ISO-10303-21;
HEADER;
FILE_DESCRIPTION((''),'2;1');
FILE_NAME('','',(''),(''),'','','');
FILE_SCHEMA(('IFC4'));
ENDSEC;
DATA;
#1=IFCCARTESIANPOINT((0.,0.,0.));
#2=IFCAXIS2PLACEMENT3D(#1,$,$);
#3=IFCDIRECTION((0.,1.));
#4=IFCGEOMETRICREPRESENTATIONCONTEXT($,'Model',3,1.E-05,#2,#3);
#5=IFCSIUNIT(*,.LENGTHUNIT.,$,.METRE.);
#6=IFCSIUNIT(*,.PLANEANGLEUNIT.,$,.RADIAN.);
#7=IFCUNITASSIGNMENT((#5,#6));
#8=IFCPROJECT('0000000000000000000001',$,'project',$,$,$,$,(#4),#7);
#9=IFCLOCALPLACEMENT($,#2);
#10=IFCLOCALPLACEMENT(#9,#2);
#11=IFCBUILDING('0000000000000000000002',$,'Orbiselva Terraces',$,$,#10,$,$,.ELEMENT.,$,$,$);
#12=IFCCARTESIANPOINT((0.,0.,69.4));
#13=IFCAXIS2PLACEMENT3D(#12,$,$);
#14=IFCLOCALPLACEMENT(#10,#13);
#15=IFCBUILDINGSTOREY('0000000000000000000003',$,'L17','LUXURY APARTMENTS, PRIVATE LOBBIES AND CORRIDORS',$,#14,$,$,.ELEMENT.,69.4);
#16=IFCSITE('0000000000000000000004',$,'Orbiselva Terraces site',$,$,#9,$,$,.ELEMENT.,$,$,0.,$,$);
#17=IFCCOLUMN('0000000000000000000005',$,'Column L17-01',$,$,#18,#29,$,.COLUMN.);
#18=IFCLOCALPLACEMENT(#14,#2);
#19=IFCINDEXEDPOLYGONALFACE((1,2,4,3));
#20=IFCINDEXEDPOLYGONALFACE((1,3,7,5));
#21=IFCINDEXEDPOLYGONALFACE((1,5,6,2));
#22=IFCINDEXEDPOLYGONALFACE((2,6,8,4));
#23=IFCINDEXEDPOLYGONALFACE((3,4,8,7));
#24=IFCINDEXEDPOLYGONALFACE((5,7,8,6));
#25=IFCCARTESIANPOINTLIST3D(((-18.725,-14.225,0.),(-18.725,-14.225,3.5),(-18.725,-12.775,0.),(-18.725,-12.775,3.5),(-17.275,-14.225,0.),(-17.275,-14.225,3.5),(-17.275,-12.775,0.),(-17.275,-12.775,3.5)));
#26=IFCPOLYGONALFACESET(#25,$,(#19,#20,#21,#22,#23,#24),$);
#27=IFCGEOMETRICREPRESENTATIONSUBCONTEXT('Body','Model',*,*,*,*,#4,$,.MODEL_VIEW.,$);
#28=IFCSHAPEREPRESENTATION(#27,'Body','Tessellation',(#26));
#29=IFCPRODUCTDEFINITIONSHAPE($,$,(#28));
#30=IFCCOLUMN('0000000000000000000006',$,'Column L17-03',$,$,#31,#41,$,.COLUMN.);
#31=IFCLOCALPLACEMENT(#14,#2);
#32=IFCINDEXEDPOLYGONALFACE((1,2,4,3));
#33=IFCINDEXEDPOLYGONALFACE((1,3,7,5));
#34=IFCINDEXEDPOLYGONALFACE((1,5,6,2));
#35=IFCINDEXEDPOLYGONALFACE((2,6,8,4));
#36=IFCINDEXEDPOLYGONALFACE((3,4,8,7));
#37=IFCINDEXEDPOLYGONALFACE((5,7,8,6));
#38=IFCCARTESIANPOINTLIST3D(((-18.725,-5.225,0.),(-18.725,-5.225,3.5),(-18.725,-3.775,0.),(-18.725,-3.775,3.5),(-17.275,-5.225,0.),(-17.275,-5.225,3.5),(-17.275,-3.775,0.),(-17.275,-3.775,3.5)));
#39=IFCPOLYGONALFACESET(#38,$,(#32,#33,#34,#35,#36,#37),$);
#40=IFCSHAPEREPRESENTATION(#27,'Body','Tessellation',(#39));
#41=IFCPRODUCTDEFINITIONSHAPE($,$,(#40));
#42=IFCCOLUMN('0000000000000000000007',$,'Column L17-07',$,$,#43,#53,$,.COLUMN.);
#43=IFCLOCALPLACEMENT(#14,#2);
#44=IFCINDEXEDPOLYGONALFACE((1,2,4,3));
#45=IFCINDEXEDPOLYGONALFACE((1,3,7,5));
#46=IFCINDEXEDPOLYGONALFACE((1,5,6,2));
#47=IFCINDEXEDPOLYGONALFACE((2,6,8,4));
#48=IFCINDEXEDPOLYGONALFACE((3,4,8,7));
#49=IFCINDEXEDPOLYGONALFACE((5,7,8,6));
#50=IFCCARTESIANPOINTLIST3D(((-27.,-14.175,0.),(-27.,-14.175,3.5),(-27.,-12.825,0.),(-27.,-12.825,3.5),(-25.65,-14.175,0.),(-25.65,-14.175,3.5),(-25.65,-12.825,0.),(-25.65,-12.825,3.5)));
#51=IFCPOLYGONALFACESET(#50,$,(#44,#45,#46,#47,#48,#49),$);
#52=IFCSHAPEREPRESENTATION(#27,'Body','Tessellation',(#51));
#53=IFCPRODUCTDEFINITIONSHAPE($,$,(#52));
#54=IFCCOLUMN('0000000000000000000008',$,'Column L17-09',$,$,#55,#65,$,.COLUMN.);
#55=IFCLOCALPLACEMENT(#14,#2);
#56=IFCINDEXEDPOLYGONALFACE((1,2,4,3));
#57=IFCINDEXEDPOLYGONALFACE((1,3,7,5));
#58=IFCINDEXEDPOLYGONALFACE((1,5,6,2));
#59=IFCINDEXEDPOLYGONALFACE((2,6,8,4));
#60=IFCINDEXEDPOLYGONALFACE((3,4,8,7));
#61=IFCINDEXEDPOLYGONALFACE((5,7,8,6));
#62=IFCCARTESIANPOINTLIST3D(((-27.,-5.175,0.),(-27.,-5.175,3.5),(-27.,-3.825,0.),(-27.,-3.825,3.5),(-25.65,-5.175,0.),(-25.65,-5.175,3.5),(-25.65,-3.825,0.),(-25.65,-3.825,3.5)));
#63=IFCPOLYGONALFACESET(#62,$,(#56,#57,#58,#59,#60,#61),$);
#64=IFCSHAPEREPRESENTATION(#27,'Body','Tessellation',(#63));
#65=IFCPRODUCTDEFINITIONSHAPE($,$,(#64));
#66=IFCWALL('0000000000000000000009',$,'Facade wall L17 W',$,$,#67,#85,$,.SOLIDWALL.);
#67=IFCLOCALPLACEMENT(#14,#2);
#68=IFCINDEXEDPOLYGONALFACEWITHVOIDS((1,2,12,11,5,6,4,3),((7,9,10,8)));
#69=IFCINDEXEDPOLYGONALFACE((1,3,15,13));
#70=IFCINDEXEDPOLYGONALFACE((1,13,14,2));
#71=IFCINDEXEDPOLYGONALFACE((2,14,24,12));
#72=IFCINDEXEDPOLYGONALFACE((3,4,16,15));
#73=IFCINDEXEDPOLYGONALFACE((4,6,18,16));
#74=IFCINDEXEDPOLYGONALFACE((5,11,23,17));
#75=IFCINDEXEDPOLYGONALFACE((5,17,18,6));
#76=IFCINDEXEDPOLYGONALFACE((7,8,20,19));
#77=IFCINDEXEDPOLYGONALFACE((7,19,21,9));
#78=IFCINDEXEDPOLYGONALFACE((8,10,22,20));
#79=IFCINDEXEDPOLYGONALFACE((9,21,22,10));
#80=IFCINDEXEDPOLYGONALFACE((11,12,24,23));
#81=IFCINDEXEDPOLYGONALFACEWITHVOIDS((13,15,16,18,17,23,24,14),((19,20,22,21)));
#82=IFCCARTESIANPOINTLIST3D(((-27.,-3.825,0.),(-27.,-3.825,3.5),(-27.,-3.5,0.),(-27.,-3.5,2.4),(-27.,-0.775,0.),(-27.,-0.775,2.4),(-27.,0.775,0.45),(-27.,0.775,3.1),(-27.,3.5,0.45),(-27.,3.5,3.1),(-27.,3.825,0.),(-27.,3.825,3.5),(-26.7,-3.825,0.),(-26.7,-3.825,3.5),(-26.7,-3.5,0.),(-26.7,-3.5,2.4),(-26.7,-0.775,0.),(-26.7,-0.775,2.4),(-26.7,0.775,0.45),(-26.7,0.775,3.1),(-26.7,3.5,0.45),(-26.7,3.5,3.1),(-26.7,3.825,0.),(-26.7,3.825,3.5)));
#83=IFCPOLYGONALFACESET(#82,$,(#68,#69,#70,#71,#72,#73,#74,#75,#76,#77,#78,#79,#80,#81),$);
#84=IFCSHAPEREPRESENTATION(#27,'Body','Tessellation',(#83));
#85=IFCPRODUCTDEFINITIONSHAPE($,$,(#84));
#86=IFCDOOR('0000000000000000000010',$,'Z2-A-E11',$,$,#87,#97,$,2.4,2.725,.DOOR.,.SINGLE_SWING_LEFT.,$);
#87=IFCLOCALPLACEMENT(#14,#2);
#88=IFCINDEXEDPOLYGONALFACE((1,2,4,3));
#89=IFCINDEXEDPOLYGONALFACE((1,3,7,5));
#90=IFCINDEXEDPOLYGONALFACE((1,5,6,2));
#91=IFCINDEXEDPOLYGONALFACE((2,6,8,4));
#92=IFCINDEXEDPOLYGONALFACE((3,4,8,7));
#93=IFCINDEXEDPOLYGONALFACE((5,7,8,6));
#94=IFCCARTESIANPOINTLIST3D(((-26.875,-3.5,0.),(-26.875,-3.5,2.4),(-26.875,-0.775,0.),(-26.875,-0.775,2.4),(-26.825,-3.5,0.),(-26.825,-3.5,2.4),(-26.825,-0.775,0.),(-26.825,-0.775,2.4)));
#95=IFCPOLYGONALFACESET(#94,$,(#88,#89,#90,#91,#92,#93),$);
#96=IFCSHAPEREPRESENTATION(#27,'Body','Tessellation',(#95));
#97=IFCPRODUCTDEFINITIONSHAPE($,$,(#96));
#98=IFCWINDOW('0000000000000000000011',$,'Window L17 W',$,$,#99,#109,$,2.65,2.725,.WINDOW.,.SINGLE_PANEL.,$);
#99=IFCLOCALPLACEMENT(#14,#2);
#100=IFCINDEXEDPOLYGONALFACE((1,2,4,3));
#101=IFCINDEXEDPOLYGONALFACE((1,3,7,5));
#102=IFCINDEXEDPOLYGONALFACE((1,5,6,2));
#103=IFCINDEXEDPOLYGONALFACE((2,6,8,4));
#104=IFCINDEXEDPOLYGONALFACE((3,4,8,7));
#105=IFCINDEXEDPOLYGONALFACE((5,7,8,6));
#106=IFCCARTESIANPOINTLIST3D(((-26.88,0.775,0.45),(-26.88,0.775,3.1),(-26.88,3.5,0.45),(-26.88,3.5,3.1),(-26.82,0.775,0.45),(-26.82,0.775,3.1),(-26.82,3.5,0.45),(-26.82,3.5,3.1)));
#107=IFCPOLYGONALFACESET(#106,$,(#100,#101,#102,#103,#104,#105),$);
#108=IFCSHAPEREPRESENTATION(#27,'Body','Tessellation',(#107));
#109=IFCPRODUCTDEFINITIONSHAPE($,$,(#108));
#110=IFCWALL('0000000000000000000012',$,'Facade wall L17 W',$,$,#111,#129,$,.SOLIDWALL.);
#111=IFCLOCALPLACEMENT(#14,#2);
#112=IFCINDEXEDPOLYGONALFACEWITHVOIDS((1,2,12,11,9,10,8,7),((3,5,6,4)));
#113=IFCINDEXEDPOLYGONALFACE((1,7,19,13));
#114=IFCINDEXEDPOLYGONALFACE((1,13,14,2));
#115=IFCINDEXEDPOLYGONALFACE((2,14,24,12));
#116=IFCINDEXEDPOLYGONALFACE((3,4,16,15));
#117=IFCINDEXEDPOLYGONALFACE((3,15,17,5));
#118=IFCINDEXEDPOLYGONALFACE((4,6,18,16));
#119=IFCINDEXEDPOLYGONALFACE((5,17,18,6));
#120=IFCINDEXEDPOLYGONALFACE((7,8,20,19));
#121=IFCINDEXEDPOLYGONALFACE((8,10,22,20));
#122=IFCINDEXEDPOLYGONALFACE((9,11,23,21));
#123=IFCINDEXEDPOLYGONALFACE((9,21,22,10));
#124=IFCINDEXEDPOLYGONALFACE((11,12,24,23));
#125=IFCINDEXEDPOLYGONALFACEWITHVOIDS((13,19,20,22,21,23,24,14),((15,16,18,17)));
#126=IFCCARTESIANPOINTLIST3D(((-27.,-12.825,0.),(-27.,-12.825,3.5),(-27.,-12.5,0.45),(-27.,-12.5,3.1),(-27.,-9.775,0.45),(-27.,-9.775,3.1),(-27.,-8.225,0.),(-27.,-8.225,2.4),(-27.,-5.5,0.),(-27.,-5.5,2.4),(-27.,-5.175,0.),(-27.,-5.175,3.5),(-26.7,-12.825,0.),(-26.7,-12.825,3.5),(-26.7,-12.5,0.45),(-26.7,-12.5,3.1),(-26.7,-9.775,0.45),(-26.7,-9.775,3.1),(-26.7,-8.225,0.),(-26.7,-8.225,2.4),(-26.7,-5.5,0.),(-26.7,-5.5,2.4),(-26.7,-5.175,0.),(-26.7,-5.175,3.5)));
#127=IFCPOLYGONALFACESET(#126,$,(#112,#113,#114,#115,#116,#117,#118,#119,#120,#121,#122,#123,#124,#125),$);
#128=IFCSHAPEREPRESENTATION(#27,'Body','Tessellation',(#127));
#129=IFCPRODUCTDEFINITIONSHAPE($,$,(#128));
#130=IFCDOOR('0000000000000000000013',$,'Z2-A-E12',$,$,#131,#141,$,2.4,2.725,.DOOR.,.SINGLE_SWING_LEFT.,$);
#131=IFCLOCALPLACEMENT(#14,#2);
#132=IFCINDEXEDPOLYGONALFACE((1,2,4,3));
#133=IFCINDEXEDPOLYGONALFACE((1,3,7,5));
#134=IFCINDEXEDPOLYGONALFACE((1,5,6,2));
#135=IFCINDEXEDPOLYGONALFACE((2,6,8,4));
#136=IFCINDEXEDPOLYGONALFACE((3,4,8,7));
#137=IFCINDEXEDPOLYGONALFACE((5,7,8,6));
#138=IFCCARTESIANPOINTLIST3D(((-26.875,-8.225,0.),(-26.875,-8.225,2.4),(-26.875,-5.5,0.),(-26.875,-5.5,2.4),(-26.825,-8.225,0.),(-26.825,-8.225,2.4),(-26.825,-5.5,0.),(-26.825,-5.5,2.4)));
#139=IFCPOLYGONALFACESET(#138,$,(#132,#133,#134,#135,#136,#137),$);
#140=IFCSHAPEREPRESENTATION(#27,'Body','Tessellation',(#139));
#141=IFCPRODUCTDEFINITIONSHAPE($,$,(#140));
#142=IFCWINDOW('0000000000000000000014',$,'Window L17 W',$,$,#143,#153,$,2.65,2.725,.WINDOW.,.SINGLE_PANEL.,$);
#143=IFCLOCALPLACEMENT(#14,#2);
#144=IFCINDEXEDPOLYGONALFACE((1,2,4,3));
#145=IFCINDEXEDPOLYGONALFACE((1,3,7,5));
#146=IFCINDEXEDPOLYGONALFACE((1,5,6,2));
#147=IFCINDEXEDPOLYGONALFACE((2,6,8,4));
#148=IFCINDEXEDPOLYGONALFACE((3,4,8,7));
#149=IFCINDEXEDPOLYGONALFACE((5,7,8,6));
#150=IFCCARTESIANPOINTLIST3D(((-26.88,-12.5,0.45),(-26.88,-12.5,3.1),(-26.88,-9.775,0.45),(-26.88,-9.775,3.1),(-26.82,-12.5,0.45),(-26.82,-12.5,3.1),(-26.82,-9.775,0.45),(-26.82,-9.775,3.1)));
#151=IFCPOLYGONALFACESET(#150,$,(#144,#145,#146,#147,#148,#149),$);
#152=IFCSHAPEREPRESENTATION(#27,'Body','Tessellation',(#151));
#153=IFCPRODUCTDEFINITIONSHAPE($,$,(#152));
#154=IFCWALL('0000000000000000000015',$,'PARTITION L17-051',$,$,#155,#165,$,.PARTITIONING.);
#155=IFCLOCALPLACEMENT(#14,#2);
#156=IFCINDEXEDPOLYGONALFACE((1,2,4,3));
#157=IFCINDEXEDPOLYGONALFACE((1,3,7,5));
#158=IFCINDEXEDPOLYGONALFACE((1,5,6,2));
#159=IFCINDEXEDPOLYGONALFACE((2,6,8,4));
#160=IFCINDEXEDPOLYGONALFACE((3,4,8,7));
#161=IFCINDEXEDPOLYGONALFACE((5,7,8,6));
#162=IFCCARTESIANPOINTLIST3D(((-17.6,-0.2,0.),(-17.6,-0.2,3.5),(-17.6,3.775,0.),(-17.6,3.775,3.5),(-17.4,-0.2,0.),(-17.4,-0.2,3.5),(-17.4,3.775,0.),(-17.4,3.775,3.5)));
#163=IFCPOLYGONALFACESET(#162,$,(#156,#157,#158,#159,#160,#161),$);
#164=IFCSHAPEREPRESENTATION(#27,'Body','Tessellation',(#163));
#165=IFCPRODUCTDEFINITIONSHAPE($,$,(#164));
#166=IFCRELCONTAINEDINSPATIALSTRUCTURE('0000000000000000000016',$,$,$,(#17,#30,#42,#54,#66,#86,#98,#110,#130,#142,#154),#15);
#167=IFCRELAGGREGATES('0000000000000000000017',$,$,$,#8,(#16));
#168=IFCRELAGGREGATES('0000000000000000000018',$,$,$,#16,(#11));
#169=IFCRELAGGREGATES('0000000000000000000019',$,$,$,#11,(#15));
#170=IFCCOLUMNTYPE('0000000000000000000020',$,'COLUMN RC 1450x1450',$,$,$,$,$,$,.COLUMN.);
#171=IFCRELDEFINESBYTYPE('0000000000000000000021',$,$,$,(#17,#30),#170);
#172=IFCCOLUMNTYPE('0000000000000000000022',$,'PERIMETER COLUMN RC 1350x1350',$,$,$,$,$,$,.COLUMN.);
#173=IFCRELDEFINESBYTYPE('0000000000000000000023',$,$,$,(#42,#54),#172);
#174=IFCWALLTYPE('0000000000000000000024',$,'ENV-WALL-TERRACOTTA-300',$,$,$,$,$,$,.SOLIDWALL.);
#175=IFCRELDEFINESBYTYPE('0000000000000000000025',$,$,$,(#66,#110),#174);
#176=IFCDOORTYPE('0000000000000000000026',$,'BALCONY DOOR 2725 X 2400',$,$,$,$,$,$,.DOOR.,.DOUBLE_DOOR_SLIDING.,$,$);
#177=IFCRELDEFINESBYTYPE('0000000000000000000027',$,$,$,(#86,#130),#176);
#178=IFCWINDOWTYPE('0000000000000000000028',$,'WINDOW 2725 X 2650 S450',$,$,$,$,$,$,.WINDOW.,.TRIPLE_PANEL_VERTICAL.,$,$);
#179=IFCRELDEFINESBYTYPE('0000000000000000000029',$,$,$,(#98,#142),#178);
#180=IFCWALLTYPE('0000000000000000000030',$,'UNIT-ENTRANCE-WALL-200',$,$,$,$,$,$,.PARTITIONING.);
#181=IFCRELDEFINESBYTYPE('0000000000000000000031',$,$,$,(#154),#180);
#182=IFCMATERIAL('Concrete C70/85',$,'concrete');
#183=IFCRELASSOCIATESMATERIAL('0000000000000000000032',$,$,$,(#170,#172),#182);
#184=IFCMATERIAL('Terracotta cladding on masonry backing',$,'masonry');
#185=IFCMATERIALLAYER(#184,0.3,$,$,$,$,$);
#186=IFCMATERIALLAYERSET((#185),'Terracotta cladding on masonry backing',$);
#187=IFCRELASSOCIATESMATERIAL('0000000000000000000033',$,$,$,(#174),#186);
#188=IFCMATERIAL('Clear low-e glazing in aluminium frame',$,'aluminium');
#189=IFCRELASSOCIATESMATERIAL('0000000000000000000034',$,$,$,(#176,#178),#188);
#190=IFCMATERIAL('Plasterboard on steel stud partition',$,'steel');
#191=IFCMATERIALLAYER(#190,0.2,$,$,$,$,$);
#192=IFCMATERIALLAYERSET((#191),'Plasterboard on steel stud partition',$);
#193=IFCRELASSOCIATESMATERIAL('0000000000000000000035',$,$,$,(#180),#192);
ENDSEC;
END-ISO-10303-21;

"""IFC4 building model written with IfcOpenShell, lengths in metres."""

from ifc_helpers import new_model, si_unit, direction, frame, frame_2d, origin, origin_2d, place, context, subcontext, project, spatial, rectangle, extrude, material, layer, layer_set, material_profile, profile_set, type_object, element, fill, save


model = new_model("IFC4")

# Units and contexts
model_context = context("Model", 3, precision=1e-05, world=origin(), true_north=direction((0.0, 1.0)))
body_context = subcontext(model_context, "Body", "Model", "MODEL_VIEW")
ifc_project = project(units=[si_unit("LENGTHUNIT", "METRE"), si_unit("PLANEANGLEUNIT", "RADIAN")], contexts=[model_context])

# Site, building, storey
site_placement = place(None, origin())
site = spatial("IfcSite", under=ifc_project, at=site_placement, Name="Orbiselva Terraces site", CompositionType="ELEMENT", RefElevation=0.0)
building_placement = place(site_placement, origin())
building = spatial("IfcBuilding", under=site, at=building_placement, Name="Orbiselva Terraces", CompositionType="ELEMENT")
storey_placement = place(building_placement, frame((0.0, 0.0, 69.4)))
storey = spatial("IfcBuildingStorey", under=building, at=storey_placement, Name="L17", Description="LUXURY APARTMENTS, PRIVATE LOBBIES AND CORRIDORS", CompositionType="ELEMENT", Elevation=69.4)

# Columns
ifc_material_1 = material(Name="Concrete C70/85", Category="concrete")
ifc_material_profile_1 = material_profile(ifc_material_1, rectangle(XDim=1.45, YDim=1.45, at=origin_2d()), Name="RC 1450x1450")
ifc_profile_set_1 = profile_set([ifc_material_profile_1], Name="Concrete C70/85")
column_type_1 = type_object("IfcColumnType", Name="COLUMN RC 1450x1450", PredefinedType="COLUMN", material=ifc_profile_set_1)
for number, where, z_axis, x_axis, name in (
    (1, (-18.0, -13.5, 0.0), (0.0, 0.0, 1.0), (1.0, 0.0, 0.0), "Column L17-01"),
    (2, (-18.0, -4.5, 0.0), (0.0, 0.0, 1.0), (1.0, 0.0, 0.0), "Column L17-03"),
):
    element("IfcColumn", number, at=place(storey_placement, frame(where, z_axis=z_axis, x_axis=x_axis)), inside=storey, type_object=column_type_1, Name=name, PredefinedType="COLUMN", context=body_context, shape_type="SweptSolid", body=[
        extrude(rectangle(XDim=1.45, YDim=1.45, at=origin_2d()), origin(), (0.0, 0.0, 1.0), 3.5),
    ])
ifc_material_profile_2 = material_profile(ifc_material_1, rectangle(XDim=1.35, YDim=1.35, at=origin_2d()), Name="RC 1350x1350")
ifc_profile_set_2 = profile_set([ifc_material_profile_2], Name="Concrete C70/85")
column_type_2 = type_object("IfcColumnType", Name="PERIMETER COLUMN RC 1350x1350", PredefinedType="COLUMN", material=ifc_profile_set_2)
for number, where, z_axis, x_axis, name in (
    (3, (-26.325, -13.5, 0.0), (0.0, 0.0, 1.0), (1.0, 0.0, 0.0), "Column L17-07"),
    (4, (-26.325, -4.5, 0.0), (0.0, 0.0, 1.0), (1.0, 0.0, 0.0), "Column L17-09"),
):
    element("IfcColumn", number, at=place(storey_placement, frame(where, z_axis=z_axis, x_axis=x_axis)), inside=storey, type_object=column_type_2, Name=name, PredefinedType="COLUMN", context=body_context, shape_type="SweptSolid", body=[
        extrude(rectangle(XDim=1.35, YDim=1.35, at=origin_2d()), origin(), (0.0, 0.0, 1.0), 3.5),
    ])

# Walls, openings, doors, windows
ifc_material_2 = material(Name="Terracotta cladding on masonry backing", Category="masonry")
ifc_layer_1 = layer(ifc_material_2, 0.3)
ifc_layer_set_1 = layer_set([ifc_layer_1], Name="Terracotta cladding on masonry backing")
wall_type_1 = type_object("IfcWallType", Name="ENV-WALL-TERRACOTTA-300", PredefinedType="SOLIDWALL", material=ifc_layer_set_1)
wall_1_placement = place(storey_placement, frame((-26.85, -3.825, 0.0), z_axis=(0.0, 0.0, 1.0), x_axis=(0.0, 1.0, 0.0)))
wall_1 = element("IfcWall", 5, at=wall_1_placement, inside=storey, type_object=wall_type_1, Name="Facade wall L17 W", PredefinedType="SOLIDWALL", context=body_context, shape_type="SweptSolid", body=[
    extrude(rectangle(XDim=7.65, YDim=0.3, at=frame_2d((3.825, 0.0))), origin(), (0.0, 0.0, 1.0), 3.5),
])
opening_1_placement = place(wall_1_placement, frame((4.6, 0.0, 0.45)))
opening_1 = element("IfcOpeningElement", 6, at=opening_1_placement, cuts=wall_1, PredefinedType="OPENING", context=body_context, shape_type="SweptSolid", body=[
    extrude(rectangle(XDim=2.725, YDim=2.65, at=frame_2d((1.3625, 1.325))), frame((0.0, 0.16, 0.0), z_axis=(0.0, -1.0, 0.0), x_axis=(1.0, 0.0, 0.0)), (0.0, 0.0, 1.0), 0.32),
])
opening_2_placement = place(wall_1_placement, frame((0.325, 0.0, 0.0)))
opening_2 = element("IfcOpeningElement", 7, at=opening_2_placement, cuts=wall_1, PredefinedType="OPENING", context=body_context, shape_type="SweptSolid", body=[
    extrude(rectangle(XDim=2.725, YDim=2.4, at=frame_2d((1.3625, 1.2))), frame((0.0, 0.16, 0.0), z_axis=(0.0, -1.0, 0.0), x_axis=(1.0, 0.0, 0.0)), (0.0, 0.0, 1.0), 0.32),
])
ifc_material_3 = material(Name="Clear low-e glazing in aluminium frame", Category="aluminium")
door_type_1 = type_object("IfcDoorType", Name="BALCONY DOOR 2725 X 2400", OperationType="DOUBLE_DOOR_SLIDING", PredefinedType="DOOR", material=ifc_material_3)
door_1_placement = place(opening_2_placement, origin())
door_1 = element("IfcDoor", 8, at=door_1_placement, inside=storey, type_object=door_type_1, Name="Z2-A-E11", OperationType="SINGLE_SWING_LEFT", OverallHeight=2.4, OverallWidth=2.725, PredefinedType="DOOR", context=body_context, shape_type="SweptSolid", body=[
    extrude(rectangle(XDim=2.725, YDim=2.4, at=frame_2d((1.3625, 1.2))), frame((0.0, 0.025, 0.0), z_axis=(0.0, -1.0, 0.0), x_axis=(1.0, 0.0, 0.0)), (0.0, 0.0, 1.0), 0.05),
])
fill(opening_2, door_1)
window_type = type_object("IfcWindowType", Name="WINDOW 2725 X 2650 S450", PartitioningType="TRIPLE_PANEL_VERTICAL", PredefinedType="WINDOW", material=ifc_material_3)
window_1_placement = place(opening_1_placement, origin())
window_1 = element("IfcWindow", 9, at=window_1_placement, inside=storey, type_object=window_type, Name="Window L17 W", OverallHeight=2.65, OverallWidth=2.725, PartitioningType="SINGLE_PANEL", PredefinedType="WINDOW", context=body_context, shape_type="SweptSolid", body=[
    extrude(rectangle(XDim=2.725, YDim=2.65, at=frame_2d((1.3625, 1.325))), frame((0.0, 0.03, 0.0), z_axis=(0.0, -1.0, 0.0), x_axis=(1.0, 0.0, 0.0)), (0.0, 0.0, 1.0), 0.06),
])
fill(opening_1, window_1)
wall_2_placement = place(storey_placement, frame((-26.85, -12.825, 0.0), z_axis=(0.0, 0.0, 1.0), x_axis=(0.0, 1.0, 0.0)))
wall_2 = element("IfcWall", 10, at=wall_2_placement, inside=storey, type_object=wall_type_1, Name="Facade wall L17 W", PredefinedType="SOLIDWALL", context=body_context, shape_type="SweptSolid", body=[
    extrude(rectangle(XDim=7.65, YDim=0.3, at=frame_2d((3.825, 0.0))), origin(), (0.0, 0.0, 1.0), 3.5),
])
opening_3_placement = place(wall_2_placement, frame((4.6, 0.0, 0.0)))
opening_3 = element("IfcOpeningElement", 11, at=opening_3_placement, cuts=wall_2, PredefinedType="OPENING", context=body_context, shape_type="SweptSolid", body=[
    extrude(rectangle(XDim=2.725, YDim=2.4, at=frame_2d((1.3625, 1.2))), frame((0.0, 0.16, 0.0), z_axis=(0.0, -1.0, 0.0), x_axis=(1.0, 0.0, 0.0)), (0.0, 0.0, 1.0), 0.32),
])
opening_4_placement = place(wall_2_placement, frame((0.325, 0.0, 0.45)))
opening_4 = element("IfcOpeningElement", 12, at=opening_4_placement, cuts=wall_2, PredefinedType="OPENING", context=body_context, shape_type="SweptSolid", body=[
    extrude(rectangle(XDim=2.725, YDim=2.65, at=frame_2d((1.3625, 1.325))), frame((0.0, 0.16, 0.0), z_axis=(0.0, -1.0, 0.0), x_axis=(1.0, 0.0, 0.0)), (0.0, 0.0, 1.0), 0.32),
])
door_2_placement = place(opening_3_placement, origin())
door_2 = element("IfcDoor", 13, at=door_2_placement, inside=storey, type_object=door_type_1, Name="Z2-A-E12", OperationType="SINGLE_SWING_LEFT", OverallHeight=2.4, OverallWidth=2.725, PredefinedType="DOOR", context=body_context, shape_type="SweptSolid", body=[
    extrude(rectangle(XDim=2.725, YDim=2.4, at=frame_2d((1.3625, 1.2))), frame((0.0, 0.025, 0.0), z_axis=(0.0, -1.0, 0.0), x_axis=(1.0, 0.0, 0.0)), (0.0, 0.0, 1.0), 0.05),
])
fill(opening_3, door_2)
window_2_placement = place(opening_4_placement, origin())
window_2 = element("IfcWindow", 14, at=window_2_placement, inside=storey, type_object=window_type, Name="Window L17 W", OverallHeight=2.65, OverallWidth=2.725, PartitioningType="SINGLE_PANEL", PredefinedType="WINDOW", context=body_context, shape_type="SweptSolid", body=[
    extrude(rectangle(XDim=2.725, YDim=2.65, at=frame_2d((1.3625, 1.325))), frame((0.0, 0.03, 0.0), z_axis=(0.0, -1.0, 0.0), x_axis=(1.0, 0.0, 0.0)), (0.0, 0.0, 1.0), 0.06),
])
fill(opening_4, window_2)

# Wall
ifc_material_4 = material(Name="Plasterboard on steel stud partition", Category="steel")
ifc_layer_2 = layer(ifc_material_4, 0.2)
ifc_layer_set_2 = layer_set([ifc_layer_2], Name="Plasterboard on steel stud partition")
wall_type_2 = type_object("IfcWallType", Name="UNIT-ENTRANCE-WALL-200", PredefinedType="PARTITIONING", material=ifc_layer_set_2)
wall_3_placement = place(storey_placement, frame((-17.5, -0.2, 0.0), z_axis=(0.0, 0.0, 1.0), x_axis=(0.0, 1.0, 0.0)))
element("IfcWall", 15, at=wall_3_placement, inside=storey, type_object=wall_type_2, Name="PARTITION L17-051", PredefinedType="PARTITIONING", context=body_context, shape_type="SweptSolid", body=[
    extrude(rectangle(XDim=3.975, YDim=0.2, at=frame_2d((1.9875, 0.0))), origin(), (0.0, 0.0, 1.0), 3.5),
])

save(model, "model.ifc")
